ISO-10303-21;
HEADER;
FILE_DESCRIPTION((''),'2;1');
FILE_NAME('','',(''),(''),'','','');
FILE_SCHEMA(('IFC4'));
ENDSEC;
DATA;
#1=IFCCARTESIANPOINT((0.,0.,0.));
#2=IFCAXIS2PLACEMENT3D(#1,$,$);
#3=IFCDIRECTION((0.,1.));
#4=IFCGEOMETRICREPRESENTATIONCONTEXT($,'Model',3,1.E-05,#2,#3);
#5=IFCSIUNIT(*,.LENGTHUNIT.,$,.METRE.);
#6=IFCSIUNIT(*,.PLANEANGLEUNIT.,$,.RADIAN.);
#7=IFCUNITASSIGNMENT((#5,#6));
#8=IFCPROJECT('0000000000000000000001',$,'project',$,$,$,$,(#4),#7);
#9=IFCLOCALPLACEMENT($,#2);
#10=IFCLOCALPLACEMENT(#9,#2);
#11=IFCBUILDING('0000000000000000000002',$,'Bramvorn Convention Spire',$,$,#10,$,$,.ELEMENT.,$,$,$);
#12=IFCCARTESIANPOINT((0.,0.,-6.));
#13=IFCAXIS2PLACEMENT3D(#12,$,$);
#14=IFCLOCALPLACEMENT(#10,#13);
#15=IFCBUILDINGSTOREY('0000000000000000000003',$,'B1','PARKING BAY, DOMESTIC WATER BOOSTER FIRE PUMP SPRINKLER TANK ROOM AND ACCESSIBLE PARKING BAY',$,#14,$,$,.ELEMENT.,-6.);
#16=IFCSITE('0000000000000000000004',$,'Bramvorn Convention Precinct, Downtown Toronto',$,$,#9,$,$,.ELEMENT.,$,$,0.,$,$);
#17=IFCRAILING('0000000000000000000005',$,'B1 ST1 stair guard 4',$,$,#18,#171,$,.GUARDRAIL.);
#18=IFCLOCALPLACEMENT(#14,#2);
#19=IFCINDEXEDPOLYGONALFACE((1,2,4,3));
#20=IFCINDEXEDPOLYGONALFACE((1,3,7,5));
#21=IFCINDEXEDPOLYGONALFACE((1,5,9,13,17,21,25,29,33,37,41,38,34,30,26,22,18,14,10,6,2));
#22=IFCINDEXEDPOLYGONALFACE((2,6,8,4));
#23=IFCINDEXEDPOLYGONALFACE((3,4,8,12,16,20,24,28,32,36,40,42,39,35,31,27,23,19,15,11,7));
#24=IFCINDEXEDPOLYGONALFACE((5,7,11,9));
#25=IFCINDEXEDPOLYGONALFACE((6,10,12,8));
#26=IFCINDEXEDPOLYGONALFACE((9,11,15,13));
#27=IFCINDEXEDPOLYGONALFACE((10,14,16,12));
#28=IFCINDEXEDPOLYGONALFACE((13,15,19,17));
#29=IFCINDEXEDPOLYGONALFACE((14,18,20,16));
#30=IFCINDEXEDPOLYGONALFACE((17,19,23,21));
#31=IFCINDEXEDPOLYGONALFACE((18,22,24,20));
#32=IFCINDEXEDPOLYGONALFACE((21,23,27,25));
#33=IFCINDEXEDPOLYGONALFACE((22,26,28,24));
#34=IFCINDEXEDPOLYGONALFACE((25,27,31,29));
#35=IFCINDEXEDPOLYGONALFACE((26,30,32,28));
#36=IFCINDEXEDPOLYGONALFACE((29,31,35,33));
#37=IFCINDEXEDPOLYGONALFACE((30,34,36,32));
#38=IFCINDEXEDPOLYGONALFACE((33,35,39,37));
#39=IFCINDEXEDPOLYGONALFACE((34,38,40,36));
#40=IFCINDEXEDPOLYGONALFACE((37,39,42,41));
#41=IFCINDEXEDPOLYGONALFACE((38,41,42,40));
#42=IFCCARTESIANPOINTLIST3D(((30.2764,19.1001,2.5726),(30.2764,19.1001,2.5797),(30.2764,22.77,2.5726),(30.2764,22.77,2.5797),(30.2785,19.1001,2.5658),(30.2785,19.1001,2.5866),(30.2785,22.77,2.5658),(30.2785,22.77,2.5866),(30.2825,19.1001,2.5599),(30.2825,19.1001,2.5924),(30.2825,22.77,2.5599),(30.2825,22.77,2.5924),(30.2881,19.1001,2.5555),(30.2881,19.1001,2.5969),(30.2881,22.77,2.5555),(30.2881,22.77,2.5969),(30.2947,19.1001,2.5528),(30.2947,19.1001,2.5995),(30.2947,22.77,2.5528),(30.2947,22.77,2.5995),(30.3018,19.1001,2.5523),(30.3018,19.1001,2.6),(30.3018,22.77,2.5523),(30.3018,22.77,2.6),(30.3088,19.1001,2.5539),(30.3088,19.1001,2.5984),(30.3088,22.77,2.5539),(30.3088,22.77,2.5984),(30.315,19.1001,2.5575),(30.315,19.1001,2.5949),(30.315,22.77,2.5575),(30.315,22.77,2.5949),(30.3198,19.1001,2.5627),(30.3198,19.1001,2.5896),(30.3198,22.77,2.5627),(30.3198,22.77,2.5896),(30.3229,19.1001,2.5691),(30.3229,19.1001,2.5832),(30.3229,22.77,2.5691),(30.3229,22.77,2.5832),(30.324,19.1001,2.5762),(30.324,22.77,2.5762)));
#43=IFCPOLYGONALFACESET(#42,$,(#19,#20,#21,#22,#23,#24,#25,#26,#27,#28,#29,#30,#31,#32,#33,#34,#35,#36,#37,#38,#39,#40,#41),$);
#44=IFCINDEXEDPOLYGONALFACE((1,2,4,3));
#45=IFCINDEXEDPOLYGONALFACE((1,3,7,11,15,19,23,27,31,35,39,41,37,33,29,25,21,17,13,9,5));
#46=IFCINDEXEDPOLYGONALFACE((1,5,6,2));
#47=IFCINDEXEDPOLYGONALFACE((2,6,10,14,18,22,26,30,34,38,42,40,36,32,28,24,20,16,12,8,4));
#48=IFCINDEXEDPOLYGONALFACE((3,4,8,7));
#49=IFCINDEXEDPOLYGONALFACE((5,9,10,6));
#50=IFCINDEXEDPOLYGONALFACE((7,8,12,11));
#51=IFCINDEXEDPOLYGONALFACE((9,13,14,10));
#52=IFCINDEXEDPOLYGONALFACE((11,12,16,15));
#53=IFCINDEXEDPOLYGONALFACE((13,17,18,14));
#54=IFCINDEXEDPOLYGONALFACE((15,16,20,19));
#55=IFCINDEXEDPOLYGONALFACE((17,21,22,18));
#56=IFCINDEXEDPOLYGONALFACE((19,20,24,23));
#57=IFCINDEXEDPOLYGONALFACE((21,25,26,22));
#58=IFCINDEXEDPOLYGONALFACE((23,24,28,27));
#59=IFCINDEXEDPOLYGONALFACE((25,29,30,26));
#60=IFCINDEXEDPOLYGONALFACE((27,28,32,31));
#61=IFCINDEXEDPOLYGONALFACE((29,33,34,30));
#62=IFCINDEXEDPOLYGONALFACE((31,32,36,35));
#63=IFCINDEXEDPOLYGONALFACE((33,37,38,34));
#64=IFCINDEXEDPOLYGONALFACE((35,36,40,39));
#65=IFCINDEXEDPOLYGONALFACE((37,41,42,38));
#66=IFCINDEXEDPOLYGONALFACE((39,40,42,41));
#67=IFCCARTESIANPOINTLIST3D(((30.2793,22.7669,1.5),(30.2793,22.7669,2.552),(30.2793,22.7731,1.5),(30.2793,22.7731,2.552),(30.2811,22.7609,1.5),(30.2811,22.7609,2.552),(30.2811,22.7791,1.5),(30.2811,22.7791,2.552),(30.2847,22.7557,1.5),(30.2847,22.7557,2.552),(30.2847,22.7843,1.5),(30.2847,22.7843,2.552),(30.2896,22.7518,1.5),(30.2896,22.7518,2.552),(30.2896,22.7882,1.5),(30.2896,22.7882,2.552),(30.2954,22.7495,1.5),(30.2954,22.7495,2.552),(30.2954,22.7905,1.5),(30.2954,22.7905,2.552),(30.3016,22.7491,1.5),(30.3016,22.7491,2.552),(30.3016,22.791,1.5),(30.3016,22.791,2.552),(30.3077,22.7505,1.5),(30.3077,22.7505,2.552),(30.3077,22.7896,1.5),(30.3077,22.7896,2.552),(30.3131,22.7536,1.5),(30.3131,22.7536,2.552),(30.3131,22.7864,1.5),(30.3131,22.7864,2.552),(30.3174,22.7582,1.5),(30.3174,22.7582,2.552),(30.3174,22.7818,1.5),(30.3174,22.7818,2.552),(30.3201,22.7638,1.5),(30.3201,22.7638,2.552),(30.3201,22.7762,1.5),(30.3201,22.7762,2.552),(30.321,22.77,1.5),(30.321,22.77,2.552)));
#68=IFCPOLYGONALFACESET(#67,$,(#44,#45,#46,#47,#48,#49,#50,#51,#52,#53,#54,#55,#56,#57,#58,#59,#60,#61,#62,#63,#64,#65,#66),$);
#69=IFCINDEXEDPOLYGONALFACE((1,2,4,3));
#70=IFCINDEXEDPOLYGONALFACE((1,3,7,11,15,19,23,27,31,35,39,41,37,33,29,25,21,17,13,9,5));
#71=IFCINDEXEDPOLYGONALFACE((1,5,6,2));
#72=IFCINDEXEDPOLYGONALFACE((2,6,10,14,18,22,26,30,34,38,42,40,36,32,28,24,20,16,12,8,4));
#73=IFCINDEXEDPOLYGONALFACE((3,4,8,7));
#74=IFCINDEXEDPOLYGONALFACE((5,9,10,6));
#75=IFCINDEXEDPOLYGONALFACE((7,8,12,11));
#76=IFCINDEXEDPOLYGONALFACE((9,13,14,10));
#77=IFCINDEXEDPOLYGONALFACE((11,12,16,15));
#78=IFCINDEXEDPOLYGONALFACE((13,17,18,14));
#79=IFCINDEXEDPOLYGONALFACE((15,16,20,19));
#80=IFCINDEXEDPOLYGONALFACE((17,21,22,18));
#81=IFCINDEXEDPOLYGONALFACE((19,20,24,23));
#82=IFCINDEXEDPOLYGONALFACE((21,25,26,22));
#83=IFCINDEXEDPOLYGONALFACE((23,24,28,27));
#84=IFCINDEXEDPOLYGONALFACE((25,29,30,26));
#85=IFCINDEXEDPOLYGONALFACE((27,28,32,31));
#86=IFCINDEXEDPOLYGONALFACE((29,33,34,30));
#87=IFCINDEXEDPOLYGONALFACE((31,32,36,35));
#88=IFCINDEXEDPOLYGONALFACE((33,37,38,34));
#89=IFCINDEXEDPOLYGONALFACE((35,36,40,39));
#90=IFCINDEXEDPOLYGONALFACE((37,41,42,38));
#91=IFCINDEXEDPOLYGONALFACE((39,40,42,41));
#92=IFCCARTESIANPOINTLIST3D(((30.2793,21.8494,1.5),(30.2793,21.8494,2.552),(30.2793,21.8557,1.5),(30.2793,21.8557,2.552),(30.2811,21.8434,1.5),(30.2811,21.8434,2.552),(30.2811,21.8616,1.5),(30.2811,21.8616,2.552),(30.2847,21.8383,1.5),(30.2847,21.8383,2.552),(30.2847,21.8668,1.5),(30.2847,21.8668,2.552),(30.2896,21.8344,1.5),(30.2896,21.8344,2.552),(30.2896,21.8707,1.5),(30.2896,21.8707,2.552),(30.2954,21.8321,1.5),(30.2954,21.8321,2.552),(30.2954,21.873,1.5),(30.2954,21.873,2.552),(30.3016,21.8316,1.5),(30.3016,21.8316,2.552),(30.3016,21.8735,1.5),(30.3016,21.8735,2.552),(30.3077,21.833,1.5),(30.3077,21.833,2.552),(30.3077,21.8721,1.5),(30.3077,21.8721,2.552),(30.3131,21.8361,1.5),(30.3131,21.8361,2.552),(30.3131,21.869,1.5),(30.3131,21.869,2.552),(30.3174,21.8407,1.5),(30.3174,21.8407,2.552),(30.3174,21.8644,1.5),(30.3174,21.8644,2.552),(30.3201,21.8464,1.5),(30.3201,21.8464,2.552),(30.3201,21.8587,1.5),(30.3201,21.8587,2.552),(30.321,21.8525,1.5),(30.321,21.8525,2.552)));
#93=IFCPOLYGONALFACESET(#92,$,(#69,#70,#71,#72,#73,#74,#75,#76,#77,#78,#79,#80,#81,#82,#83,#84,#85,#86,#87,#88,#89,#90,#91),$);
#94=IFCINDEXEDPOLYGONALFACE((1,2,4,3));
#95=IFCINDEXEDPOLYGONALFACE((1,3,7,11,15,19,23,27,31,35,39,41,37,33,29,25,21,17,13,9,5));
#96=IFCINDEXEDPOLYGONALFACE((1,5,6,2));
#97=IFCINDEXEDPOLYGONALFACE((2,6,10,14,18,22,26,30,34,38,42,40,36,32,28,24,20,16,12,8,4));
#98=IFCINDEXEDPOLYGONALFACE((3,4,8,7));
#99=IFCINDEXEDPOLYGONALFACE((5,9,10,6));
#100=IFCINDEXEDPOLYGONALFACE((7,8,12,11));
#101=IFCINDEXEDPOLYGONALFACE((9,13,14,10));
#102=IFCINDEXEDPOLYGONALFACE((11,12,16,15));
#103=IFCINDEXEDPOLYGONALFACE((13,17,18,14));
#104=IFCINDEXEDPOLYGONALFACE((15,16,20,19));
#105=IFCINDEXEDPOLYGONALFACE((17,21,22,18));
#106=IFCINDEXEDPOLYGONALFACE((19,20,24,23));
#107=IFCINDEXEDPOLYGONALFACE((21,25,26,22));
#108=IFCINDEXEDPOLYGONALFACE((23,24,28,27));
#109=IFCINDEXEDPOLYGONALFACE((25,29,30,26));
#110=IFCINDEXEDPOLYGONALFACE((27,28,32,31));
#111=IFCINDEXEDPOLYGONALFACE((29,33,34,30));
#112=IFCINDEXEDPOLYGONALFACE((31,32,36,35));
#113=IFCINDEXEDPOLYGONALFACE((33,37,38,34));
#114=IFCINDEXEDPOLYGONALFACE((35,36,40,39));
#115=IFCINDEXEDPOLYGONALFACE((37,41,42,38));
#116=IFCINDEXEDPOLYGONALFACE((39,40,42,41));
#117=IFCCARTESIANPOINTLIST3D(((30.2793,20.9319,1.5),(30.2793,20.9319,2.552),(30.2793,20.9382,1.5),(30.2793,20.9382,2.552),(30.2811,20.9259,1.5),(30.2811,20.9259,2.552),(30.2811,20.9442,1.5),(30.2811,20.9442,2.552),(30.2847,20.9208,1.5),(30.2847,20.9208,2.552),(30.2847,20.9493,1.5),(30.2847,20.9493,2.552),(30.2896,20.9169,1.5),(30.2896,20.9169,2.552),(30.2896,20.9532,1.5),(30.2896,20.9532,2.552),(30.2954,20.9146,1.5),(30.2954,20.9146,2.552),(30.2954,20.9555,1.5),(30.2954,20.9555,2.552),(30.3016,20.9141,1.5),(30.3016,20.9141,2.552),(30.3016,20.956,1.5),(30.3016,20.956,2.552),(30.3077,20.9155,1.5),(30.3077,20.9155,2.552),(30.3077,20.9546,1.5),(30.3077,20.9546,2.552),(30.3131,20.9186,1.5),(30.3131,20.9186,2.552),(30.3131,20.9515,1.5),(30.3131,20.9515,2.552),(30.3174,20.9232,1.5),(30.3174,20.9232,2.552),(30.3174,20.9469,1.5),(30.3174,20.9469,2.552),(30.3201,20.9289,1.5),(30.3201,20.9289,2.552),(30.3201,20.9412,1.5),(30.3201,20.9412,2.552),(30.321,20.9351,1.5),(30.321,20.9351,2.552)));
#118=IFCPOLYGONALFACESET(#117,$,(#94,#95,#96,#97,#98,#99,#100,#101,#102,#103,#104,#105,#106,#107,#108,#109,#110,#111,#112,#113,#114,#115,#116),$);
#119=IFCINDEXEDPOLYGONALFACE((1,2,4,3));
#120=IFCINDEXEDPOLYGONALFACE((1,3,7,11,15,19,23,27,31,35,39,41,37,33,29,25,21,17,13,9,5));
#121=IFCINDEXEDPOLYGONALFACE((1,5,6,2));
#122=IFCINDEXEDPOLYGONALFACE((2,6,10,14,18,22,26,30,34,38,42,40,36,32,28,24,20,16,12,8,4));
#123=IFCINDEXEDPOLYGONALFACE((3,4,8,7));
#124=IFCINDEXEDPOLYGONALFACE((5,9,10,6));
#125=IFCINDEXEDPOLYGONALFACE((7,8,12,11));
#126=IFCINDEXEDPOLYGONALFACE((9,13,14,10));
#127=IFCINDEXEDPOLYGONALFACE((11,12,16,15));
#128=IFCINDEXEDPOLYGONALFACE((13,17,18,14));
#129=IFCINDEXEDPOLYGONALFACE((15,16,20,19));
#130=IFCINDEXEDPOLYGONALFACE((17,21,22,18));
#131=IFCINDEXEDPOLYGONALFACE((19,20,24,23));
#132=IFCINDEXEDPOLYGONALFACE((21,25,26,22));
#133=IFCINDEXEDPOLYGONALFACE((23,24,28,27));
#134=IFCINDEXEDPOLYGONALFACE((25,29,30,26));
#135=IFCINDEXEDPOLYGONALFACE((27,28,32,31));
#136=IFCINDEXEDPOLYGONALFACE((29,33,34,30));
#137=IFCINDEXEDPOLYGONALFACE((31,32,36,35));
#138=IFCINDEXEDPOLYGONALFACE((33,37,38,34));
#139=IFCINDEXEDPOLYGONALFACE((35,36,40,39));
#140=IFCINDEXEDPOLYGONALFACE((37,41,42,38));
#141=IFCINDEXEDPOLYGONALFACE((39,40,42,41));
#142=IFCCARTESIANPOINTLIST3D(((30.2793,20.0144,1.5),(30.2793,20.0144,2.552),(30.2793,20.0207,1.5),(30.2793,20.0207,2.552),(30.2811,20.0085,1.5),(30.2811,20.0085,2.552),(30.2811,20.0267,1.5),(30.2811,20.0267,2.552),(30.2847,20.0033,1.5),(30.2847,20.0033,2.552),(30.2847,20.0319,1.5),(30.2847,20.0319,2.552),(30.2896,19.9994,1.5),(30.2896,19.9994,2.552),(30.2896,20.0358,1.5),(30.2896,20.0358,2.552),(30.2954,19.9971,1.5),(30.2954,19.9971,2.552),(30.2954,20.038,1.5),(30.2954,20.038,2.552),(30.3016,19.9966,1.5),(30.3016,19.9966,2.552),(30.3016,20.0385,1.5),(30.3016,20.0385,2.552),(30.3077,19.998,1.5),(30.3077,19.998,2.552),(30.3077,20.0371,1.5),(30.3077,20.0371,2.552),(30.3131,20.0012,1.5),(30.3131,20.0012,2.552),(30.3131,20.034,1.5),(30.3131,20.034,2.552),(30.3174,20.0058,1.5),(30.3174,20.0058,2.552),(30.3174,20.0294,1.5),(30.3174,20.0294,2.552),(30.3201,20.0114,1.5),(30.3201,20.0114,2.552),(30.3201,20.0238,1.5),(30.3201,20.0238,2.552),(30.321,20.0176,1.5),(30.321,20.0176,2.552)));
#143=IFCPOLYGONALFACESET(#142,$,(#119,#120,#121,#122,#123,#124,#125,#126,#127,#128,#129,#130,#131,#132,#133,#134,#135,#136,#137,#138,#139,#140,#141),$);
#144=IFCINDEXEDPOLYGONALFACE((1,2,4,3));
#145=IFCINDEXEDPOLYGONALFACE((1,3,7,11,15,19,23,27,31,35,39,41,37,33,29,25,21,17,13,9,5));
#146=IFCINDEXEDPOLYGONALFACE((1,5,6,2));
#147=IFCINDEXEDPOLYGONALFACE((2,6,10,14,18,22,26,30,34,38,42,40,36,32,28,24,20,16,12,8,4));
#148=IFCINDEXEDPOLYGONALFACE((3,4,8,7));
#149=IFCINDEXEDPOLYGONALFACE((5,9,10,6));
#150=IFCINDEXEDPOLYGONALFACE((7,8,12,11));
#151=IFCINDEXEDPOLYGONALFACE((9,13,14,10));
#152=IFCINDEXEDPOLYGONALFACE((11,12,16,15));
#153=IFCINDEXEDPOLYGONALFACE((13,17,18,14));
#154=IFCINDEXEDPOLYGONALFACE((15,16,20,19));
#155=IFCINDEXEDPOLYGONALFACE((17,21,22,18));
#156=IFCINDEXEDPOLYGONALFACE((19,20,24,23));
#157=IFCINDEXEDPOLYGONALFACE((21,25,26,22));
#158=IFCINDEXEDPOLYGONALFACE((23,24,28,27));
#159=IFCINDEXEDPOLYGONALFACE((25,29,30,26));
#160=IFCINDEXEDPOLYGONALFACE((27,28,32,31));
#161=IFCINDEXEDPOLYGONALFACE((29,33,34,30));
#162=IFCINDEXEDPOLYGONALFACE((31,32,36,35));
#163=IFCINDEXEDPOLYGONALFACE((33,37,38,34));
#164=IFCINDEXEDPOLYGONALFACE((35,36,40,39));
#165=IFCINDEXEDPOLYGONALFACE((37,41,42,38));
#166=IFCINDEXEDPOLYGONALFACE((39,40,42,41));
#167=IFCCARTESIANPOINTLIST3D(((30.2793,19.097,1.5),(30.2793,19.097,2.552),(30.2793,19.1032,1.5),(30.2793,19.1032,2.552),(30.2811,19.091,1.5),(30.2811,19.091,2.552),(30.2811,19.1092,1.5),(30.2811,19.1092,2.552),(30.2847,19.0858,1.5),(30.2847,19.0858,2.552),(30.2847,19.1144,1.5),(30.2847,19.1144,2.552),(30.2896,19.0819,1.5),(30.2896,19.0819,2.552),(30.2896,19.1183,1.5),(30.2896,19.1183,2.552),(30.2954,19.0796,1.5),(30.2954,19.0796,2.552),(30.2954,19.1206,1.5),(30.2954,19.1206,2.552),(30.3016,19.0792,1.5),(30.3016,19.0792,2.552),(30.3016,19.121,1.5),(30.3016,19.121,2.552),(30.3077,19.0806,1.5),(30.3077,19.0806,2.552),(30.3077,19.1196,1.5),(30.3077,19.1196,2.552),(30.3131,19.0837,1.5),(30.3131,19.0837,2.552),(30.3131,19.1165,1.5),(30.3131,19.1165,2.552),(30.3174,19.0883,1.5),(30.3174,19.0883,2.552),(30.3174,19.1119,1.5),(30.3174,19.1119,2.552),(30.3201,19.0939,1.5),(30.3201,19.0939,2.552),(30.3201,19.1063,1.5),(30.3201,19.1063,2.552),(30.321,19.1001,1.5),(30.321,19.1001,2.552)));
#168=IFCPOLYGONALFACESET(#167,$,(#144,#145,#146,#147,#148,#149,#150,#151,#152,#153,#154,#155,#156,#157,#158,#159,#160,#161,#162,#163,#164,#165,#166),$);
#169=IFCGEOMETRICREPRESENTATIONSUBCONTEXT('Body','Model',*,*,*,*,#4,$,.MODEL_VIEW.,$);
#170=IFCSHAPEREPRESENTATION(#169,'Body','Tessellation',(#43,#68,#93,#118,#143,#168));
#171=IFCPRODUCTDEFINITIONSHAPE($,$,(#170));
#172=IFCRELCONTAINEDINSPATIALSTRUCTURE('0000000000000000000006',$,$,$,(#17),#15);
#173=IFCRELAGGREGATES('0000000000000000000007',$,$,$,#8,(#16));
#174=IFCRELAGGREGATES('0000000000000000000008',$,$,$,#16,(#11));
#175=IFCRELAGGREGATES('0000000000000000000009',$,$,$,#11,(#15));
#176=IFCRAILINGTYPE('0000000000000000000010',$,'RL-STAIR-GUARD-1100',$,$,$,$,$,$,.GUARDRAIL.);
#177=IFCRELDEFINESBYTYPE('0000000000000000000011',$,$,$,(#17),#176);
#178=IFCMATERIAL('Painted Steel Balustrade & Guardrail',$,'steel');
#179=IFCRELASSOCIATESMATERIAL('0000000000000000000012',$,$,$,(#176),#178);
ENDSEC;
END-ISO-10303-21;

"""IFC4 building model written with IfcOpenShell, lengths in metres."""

from ifc_helpers import new_model, si_unit, direction, frame, origin, origin_2d, place, context, subcontext, project, spatial, circle, extrude, material, type_object, element, save


model = new_model("IFC4")

# Units and contexts
model_context = context("Model", 3, precision=1e-05, world=origin(), true_north=direction((0.0, 1.0)))
body_context = subcontext(model_context, "Body", "Model", "MODEL_VIEW")
ifc_project = project(units=[si_unit("LENGTHUNIT", "METRE"), si_unit("PLANEANGLEUNIT", "RADIAN")], contexts=[model_context])

# Site, building, storey
site_placement = place(None, origin())
site = spatial("IfcSite", under=ifc_project, at=site_placement, Name="Bramvorn Convention Precinct, Downtown Toronto", CompositionType="ELEMENT", RefElevation=0.0)
building_placement = place(site_placement, origin())
building = spatial("IfcBuilding", under=site, at=building_placement, Name="Bramvorn Convention Spire", CompositionType="ELEMENT")
storey_placement = place(building_placement, frame((0.0, 0.0, -6.0)))
storey = spatial("IfcBuildingStorey", under=building, at=storey_placement, Name="B1", Description="PARKING BAY, DOMESTIC WATER BOOSTER FIRE PUMP SPRINKLER TANK ROOM AND ACCESSIBLE PARKING BAY", CompositionType="ELEMENT", Elevation=-6.0)

# Railing
ifc_material_1 = material(Name="Painted Steel Balustrade & Guardrail", Category="steel")
railing_type_1 = type_object("IfcRailingType", Name="RL-STAIR-GUARD-1100", PredefinedType="GUARDRAIL", material=ifc_material_1)
for number, where, name in (
    (1, (30.3, 22.77, 1.5), "B1 ST1 stair guard 4"),
):
    element("IfcRailing", number, at=place(storey_placement, frame(where)), inside=storey, type_object=railing_type_1, Name=name, PredefinedType="GUARDRAIL", context=body_context, shape_type="SweptSolid", body=[
        extrude(circle(Radius=0.0239, at=origin_2d()), frame((0.0, 0.0, 1.0762), z_axis=(0.0, -1.0, 0.0), x_axis=(1.0, 0.0, 0.0)), (0.0, 0.0, 1.0), 3.6699),
        extrude(circle(Radius=0.021, at=origin_2d()), origin(), (0.0, 0.0, 1.0), 1.052),
        extrude(circle(Radius=0.021, at=origin_2d()), frame((0.0, -0.9175, 0.0)), (0.0, 0.0, 1.0), 1.052),
        extrude(circle(Radius=0.021, at=origin_2d()), frame((0.0, -1.835, 0.0)), (0.0, 0.0, 1.0), 1.052),
        extrude(circle(Radius=0.021, at=origin_2d()), frame((0.0, -2.7524, 0.0)), (0.0, 0.0, 1.0), 1.052),
        extrude(circle(Radius=0.021, at=origin_2d()), frame((0.0, -3.6699, 0.0)), (0.0, 0.0, 1.0), 1.052),
    ])

save(model, "model.ifc")
